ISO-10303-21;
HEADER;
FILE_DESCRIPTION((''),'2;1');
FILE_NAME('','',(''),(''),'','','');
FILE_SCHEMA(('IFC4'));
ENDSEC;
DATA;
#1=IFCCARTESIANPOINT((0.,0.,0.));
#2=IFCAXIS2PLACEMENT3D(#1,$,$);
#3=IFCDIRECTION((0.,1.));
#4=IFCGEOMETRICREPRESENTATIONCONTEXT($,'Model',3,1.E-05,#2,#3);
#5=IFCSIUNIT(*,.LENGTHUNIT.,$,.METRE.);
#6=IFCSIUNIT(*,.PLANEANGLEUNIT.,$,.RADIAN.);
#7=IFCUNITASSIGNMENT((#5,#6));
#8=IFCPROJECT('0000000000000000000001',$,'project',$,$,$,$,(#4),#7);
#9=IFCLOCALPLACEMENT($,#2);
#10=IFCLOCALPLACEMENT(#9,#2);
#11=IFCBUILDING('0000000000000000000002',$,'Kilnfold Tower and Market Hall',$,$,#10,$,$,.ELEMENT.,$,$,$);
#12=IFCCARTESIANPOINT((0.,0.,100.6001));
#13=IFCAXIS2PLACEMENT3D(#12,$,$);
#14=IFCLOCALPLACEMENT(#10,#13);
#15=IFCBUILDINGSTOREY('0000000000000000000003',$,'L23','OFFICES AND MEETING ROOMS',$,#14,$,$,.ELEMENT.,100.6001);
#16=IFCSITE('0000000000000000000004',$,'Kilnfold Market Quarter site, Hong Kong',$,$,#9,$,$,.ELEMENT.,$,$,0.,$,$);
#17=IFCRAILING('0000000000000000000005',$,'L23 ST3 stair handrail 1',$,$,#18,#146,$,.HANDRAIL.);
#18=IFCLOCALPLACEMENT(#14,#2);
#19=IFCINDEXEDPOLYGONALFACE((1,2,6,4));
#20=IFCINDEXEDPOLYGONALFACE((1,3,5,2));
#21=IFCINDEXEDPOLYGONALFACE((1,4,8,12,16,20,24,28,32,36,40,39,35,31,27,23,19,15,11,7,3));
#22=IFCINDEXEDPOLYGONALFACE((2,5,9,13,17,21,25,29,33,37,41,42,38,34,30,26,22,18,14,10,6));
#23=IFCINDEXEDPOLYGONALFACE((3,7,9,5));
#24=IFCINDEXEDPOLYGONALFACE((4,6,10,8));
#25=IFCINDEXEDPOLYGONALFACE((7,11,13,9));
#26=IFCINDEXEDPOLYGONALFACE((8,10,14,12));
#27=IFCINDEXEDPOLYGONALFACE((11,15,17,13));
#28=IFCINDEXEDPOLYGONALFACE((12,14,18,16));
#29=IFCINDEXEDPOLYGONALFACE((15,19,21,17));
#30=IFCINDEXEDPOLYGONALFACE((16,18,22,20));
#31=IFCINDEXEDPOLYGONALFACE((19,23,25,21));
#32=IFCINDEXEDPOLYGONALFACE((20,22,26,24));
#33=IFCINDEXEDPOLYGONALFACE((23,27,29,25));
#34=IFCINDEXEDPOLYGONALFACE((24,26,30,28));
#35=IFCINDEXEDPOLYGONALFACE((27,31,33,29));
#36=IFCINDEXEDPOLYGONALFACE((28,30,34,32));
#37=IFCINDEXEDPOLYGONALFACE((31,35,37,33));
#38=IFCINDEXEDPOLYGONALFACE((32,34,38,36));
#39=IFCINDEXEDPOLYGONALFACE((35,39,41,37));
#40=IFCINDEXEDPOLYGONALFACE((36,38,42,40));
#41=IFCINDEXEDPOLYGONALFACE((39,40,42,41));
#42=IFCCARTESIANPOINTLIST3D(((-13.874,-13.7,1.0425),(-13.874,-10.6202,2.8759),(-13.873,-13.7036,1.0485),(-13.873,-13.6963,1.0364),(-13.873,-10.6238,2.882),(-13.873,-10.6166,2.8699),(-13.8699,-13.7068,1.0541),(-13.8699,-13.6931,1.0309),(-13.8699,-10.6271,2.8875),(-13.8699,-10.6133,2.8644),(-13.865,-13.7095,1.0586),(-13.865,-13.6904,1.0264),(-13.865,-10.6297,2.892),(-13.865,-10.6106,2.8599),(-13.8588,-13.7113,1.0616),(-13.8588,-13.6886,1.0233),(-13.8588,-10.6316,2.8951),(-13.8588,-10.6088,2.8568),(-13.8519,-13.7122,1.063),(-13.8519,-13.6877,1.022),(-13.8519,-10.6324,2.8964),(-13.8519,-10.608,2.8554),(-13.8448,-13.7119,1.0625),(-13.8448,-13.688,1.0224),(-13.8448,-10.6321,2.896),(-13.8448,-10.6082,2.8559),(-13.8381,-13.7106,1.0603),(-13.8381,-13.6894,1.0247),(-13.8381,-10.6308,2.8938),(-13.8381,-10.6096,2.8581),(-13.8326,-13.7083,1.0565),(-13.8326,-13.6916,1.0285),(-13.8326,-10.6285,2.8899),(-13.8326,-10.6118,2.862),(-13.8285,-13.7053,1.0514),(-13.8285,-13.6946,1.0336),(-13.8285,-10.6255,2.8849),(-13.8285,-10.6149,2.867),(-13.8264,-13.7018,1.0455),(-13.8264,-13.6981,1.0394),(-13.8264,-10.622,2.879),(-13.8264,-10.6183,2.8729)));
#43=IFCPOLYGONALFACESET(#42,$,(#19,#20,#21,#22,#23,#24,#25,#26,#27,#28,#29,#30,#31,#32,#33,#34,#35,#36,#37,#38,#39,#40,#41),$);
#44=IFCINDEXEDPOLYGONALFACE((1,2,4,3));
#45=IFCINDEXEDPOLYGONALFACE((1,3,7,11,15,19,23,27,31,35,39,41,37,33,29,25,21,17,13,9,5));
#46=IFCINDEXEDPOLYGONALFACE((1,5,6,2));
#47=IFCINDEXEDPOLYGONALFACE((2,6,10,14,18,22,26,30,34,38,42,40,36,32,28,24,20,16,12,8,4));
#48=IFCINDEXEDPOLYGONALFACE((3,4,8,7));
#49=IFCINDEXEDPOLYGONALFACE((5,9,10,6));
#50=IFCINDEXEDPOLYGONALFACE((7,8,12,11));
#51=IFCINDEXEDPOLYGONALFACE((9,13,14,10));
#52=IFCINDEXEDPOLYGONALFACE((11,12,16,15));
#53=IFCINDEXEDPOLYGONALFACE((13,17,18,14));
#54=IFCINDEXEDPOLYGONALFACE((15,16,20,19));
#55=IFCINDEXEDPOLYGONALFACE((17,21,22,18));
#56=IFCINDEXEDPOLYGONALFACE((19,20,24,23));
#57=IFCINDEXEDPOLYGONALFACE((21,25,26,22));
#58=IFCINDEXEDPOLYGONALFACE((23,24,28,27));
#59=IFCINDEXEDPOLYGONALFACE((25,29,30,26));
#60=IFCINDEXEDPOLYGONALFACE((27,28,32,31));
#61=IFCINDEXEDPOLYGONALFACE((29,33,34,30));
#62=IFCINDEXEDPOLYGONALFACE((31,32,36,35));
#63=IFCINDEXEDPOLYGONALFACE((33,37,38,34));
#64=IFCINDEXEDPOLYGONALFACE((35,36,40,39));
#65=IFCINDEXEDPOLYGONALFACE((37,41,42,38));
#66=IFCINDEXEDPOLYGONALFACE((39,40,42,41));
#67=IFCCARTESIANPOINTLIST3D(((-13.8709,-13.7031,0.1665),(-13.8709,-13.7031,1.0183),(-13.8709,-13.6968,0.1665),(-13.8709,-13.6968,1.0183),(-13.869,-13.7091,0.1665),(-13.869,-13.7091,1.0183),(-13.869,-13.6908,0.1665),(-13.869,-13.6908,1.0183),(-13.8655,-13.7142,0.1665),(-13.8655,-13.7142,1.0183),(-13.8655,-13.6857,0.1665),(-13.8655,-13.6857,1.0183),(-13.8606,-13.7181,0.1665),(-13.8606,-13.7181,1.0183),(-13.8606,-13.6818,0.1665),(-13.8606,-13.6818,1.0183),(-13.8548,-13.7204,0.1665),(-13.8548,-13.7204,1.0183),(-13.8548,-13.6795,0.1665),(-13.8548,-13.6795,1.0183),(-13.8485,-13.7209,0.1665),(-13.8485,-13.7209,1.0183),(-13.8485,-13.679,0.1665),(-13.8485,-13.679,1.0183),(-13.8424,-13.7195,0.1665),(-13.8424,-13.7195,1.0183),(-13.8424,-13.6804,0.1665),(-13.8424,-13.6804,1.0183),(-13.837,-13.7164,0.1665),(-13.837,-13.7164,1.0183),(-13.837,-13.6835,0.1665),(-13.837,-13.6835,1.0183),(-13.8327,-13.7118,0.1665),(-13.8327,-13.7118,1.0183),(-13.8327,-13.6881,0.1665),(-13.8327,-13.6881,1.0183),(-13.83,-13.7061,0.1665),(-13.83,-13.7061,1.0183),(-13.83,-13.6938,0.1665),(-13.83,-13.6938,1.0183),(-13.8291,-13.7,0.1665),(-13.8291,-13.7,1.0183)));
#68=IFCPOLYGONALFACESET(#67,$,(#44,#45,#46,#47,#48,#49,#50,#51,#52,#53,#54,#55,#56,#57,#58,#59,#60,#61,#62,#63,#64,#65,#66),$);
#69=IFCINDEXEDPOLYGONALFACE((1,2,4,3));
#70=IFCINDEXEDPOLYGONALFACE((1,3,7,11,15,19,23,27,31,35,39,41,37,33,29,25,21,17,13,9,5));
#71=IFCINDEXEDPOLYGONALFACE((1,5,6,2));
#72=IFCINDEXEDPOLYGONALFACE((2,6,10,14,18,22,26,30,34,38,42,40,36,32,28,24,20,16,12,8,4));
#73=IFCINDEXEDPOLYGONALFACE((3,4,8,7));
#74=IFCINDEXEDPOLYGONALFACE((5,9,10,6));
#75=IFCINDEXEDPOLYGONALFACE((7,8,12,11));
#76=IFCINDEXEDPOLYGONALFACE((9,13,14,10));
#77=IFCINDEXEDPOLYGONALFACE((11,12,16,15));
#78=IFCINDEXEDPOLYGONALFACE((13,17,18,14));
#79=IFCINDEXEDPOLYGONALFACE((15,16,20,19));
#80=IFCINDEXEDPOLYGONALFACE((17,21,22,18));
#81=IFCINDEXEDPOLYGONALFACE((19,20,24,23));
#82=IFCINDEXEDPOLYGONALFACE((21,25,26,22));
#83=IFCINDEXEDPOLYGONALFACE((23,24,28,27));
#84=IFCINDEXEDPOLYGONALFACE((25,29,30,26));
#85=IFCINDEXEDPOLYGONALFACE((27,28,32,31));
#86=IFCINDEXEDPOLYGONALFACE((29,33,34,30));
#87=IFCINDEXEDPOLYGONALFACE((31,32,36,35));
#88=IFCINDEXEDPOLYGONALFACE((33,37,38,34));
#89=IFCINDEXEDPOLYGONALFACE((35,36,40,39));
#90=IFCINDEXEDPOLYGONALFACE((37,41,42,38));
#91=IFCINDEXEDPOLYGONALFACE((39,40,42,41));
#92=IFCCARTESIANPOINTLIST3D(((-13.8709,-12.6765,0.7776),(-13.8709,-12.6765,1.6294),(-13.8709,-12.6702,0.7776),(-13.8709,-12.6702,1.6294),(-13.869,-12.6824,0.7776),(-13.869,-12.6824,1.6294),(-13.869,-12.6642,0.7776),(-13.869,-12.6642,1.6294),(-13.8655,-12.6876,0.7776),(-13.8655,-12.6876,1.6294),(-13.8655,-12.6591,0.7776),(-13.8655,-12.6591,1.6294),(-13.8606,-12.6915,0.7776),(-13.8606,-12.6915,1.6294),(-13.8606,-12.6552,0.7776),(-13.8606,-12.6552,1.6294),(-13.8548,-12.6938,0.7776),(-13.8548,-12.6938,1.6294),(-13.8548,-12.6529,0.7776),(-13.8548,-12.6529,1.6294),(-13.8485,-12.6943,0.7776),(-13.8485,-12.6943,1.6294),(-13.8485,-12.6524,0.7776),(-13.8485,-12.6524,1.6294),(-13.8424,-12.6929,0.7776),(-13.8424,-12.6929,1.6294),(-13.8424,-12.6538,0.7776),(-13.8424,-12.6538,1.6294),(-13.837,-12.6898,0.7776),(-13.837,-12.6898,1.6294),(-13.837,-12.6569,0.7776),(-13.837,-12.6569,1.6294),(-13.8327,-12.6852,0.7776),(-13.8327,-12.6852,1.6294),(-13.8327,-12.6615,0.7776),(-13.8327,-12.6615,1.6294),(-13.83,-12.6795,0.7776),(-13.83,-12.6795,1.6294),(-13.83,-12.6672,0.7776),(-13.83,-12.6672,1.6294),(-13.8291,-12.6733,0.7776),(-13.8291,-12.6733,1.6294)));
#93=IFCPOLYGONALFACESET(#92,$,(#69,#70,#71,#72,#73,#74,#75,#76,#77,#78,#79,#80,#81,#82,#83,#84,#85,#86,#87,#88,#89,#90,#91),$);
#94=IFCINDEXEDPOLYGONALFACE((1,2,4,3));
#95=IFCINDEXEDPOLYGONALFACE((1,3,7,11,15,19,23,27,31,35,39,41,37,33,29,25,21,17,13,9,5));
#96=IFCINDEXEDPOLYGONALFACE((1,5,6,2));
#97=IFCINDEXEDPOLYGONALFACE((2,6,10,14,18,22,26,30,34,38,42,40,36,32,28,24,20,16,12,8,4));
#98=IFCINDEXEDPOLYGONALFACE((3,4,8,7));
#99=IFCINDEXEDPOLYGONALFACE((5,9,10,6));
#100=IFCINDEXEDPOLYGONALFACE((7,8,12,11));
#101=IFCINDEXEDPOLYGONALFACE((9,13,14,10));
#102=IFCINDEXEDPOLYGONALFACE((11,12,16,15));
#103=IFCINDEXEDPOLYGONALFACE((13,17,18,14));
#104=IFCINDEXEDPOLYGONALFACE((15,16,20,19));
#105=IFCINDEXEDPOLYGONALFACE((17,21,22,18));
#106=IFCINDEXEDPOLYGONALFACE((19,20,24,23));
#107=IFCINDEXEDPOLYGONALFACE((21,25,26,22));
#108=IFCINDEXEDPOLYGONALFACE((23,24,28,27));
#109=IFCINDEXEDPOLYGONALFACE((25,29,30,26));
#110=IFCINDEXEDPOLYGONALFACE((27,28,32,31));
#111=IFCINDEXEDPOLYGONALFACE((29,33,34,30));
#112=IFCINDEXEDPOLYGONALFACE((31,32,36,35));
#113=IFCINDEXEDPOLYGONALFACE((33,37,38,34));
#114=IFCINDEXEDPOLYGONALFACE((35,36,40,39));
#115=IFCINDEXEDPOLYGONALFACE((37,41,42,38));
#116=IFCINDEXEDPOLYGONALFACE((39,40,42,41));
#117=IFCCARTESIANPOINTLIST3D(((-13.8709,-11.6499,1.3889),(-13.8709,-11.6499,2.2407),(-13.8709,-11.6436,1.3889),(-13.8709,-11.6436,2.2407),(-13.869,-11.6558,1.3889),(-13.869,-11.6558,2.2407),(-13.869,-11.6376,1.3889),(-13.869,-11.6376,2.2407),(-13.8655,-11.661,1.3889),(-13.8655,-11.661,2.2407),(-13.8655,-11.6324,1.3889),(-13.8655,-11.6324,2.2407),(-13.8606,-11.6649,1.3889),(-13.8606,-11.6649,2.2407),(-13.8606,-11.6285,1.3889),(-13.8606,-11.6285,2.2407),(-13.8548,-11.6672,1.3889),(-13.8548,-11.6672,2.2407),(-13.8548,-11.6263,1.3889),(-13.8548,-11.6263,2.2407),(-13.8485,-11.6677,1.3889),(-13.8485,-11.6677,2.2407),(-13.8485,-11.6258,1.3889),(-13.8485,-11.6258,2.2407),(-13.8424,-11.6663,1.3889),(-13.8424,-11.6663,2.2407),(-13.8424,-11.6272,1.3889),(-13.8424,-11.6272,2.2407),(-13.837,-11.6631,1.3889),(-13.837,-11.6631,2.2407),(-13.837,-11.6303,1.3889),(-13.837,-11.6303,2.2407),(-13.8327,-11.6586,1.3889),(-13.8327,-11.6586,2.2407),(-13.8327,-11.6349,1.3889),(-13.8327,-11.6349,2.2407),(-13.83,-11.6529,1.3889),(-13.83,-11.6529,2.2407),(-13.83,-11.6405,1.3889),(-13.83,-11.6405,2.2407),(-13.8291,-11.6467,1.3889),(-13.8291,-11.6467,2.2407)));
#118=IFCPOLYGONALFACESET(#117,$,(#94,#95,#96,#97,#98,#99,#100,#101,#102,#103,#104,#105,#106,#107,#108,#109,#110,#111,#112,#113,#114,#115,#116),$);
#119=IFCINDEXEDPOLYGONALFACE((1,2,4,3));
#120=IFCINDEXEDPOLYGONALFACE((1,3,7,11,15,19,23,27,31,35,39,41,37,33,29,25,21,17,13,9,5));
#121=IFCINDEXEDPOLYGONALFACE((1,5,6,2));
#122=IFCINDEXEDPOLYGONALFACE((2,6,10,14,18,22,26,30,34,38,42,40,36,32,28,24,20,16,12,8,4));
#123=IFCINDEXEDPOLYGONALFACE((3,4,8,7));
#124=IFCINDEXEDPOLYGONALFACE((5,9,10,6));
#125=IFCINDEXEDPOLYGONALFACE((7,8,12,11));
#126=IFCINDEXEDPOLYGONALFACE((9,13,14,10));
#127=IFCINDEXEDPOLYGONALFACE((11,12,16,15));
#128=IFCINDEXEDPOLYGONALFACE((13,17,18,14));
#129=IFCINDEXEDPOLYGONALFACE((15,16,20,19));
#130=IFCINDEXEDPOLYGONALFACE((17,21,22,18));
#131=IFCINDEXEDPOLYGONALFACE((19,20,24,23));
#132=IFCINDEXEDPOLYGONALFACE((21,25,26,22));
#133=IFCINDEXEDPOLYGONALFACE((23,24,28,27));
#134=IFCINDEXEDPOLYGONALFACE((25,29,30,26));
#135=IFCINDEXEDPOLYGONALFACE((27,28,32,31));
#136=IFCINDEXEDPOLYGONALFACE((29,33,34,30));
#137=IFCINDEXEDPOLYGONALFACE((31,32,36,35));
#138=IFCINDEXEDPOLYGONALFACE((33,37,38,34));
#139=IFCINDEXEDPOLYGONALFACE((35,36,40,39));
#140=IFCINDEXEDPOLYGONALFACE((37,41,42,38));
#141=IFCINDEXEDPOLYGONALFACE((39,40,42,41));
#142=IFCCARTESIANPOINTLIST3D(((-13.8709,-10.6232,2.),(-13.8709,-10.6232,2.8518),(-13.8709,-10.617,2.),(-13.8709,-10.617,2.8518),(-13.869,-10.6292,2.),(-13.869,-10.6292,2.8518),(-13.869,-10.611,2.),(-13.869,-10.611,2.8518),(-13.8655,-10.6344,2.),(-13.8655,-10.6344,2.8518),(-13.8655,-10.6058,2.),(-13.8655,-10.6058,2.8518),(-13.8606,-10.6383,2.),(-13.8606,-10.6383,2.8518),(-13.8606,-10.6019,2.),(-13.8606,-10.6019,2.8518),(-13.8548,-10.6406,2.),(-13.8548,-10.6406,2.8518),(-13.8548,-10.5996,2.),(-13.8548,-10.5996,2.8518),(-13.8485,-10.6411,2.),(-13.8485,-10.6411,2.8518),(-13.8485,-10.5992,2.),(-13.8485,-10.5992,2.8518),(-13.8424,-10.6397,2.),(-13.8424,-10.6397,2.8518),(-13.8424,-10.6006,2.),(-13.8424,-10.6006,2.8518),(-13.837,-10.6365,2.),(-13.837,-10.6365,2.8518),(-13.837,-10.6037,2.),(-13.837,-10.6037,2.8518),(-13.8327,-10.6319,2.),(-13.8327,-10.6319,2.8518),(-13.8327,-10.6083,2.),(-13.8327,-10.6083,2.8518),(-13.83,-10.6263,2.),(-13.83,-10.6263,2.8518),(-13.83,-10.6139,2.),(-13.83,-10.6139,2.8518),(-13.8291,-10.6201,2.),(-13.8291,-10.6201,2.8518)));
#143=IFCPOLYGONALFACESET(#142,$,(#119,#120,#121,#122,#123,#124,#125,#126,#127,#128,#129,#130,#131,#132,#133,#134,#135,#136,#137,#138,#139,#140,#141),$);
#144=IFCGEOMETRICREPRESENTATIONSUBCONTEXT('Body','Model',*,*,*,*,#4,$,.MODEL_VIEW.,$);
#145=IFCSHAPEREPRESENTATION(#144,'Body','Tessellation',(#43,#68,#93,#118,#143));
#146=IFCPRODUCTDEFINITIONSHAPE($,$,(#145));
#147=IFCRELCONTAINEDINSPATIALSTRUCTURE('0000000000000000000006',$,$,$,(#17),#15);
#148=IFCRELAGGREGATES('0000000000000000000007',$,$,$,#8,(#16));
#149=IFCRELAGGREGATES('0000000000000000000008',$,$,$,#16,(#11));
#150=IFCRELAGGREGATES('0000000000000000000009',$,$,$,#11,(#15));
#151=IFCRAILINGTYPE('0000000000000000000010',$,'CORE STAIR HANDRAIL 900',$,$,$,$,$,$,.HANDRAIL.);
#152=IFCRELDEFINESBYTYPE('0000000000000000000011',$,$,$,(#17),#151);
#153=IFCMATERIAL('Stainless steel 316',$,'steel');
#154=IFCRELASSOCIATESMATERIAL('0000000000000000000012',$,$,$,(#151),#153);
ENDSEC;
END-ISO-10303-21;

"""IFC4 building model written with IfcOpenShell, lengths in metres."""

from ifc_helpers import new_model, si_unit, direction, frame, origin, origin_2d, place, context, subcontext, project, spatial, circle, extrude, material, type_object, element, save


model = new_model("IFC4")

# Units and contexts
model_context = context("Model", 3, precision=1e-05, world=origin(), true_north=direction((0.0, 1.0)))
body_context = subcontext(model_context, "Body", "Model", "MODEL_VIEW")
ifc_project = project(units=[si_unit("LENGTHUNIT", "METRE"), si_unit("PLANEANGLEUNIT", "RADIAN")], contexts=[model_context])

# Site, building, storey
site_placement = place(None, origin())
site = spatial("IfcSite", under=ifc_project, at=site_placement, Name="Kilnfold Market Quarter site, Hong Kong", CompositionType="ELEMENT", RefElevation=0.0)
building_placement = place(site_placement, origin())
building = spatial("IfcBuilding", under=site, at=building_placement, Name="Kilnfold Tower and Market Hall", CompositionType="ELEMENT")
storey_placement = place(building_placement, frame((0.0, 0.0, 100.6001)))
storey = spatial("IfcBuildingStorey", under=building, at=storey_placement, Name="L23", Description="OFFICES AND MEETING ROOMS", CompositionType="ELEMENT", Elevation=100.6001)

# Railing
ifc_material_1 = material(Name="Stainless steel 316", Category="steel")
railing_type_1 = type_object("IfcRailingType", Name="CORE STAIR HANDRAIL 900", PredefinedType="HANDRAIL", material=ifc_material_1)
railing_1_placement = place(storey_placement, frame((-13.8501, -13.7, 0.1665)))
element("IfcRailing", 1, at=railing_1_placement, inside=storey, type_object=railing_type_1, Name="L23 ST3 stair handrail 1", PredefinedType="HANDRAIL", context=body_context, shape_type="SweptSolid", body=[
    extrude(circle(Radius=0.0239, at=origin_2d()), frame((0.0, 0.0, 0.876), z_axis=(0.0, 0.859261, 0.511538), x_axis=(-1.0, 0.0, 0.0)), (0.0, 0.0, 1.0), 3.5842),
    extrude(circle(Radius=0.021, at=origin_2d()), origin(), (0.0, 0.0, 1.0), 0.8518),
    extrude(circle(Radius=0.021, at=origin_2d()), frame((0.0, 1.0266, 0.6111)), (0.0, 0.0, 1.0), 0.8518),
    extrude(circle(Radius=0.021, at=origin_2d()), frame((0.0, 2.0532, 1.2224)), (0.0, 0.0, 1.0), 0.8518),
    extrude(circle(Radius=0.021, at=origin_2d()), frame((0.0, 3.0798, 1.8335)), (0.0, 0.0, 1.0), 0.8518),
])

save(model, "model.ifc")
